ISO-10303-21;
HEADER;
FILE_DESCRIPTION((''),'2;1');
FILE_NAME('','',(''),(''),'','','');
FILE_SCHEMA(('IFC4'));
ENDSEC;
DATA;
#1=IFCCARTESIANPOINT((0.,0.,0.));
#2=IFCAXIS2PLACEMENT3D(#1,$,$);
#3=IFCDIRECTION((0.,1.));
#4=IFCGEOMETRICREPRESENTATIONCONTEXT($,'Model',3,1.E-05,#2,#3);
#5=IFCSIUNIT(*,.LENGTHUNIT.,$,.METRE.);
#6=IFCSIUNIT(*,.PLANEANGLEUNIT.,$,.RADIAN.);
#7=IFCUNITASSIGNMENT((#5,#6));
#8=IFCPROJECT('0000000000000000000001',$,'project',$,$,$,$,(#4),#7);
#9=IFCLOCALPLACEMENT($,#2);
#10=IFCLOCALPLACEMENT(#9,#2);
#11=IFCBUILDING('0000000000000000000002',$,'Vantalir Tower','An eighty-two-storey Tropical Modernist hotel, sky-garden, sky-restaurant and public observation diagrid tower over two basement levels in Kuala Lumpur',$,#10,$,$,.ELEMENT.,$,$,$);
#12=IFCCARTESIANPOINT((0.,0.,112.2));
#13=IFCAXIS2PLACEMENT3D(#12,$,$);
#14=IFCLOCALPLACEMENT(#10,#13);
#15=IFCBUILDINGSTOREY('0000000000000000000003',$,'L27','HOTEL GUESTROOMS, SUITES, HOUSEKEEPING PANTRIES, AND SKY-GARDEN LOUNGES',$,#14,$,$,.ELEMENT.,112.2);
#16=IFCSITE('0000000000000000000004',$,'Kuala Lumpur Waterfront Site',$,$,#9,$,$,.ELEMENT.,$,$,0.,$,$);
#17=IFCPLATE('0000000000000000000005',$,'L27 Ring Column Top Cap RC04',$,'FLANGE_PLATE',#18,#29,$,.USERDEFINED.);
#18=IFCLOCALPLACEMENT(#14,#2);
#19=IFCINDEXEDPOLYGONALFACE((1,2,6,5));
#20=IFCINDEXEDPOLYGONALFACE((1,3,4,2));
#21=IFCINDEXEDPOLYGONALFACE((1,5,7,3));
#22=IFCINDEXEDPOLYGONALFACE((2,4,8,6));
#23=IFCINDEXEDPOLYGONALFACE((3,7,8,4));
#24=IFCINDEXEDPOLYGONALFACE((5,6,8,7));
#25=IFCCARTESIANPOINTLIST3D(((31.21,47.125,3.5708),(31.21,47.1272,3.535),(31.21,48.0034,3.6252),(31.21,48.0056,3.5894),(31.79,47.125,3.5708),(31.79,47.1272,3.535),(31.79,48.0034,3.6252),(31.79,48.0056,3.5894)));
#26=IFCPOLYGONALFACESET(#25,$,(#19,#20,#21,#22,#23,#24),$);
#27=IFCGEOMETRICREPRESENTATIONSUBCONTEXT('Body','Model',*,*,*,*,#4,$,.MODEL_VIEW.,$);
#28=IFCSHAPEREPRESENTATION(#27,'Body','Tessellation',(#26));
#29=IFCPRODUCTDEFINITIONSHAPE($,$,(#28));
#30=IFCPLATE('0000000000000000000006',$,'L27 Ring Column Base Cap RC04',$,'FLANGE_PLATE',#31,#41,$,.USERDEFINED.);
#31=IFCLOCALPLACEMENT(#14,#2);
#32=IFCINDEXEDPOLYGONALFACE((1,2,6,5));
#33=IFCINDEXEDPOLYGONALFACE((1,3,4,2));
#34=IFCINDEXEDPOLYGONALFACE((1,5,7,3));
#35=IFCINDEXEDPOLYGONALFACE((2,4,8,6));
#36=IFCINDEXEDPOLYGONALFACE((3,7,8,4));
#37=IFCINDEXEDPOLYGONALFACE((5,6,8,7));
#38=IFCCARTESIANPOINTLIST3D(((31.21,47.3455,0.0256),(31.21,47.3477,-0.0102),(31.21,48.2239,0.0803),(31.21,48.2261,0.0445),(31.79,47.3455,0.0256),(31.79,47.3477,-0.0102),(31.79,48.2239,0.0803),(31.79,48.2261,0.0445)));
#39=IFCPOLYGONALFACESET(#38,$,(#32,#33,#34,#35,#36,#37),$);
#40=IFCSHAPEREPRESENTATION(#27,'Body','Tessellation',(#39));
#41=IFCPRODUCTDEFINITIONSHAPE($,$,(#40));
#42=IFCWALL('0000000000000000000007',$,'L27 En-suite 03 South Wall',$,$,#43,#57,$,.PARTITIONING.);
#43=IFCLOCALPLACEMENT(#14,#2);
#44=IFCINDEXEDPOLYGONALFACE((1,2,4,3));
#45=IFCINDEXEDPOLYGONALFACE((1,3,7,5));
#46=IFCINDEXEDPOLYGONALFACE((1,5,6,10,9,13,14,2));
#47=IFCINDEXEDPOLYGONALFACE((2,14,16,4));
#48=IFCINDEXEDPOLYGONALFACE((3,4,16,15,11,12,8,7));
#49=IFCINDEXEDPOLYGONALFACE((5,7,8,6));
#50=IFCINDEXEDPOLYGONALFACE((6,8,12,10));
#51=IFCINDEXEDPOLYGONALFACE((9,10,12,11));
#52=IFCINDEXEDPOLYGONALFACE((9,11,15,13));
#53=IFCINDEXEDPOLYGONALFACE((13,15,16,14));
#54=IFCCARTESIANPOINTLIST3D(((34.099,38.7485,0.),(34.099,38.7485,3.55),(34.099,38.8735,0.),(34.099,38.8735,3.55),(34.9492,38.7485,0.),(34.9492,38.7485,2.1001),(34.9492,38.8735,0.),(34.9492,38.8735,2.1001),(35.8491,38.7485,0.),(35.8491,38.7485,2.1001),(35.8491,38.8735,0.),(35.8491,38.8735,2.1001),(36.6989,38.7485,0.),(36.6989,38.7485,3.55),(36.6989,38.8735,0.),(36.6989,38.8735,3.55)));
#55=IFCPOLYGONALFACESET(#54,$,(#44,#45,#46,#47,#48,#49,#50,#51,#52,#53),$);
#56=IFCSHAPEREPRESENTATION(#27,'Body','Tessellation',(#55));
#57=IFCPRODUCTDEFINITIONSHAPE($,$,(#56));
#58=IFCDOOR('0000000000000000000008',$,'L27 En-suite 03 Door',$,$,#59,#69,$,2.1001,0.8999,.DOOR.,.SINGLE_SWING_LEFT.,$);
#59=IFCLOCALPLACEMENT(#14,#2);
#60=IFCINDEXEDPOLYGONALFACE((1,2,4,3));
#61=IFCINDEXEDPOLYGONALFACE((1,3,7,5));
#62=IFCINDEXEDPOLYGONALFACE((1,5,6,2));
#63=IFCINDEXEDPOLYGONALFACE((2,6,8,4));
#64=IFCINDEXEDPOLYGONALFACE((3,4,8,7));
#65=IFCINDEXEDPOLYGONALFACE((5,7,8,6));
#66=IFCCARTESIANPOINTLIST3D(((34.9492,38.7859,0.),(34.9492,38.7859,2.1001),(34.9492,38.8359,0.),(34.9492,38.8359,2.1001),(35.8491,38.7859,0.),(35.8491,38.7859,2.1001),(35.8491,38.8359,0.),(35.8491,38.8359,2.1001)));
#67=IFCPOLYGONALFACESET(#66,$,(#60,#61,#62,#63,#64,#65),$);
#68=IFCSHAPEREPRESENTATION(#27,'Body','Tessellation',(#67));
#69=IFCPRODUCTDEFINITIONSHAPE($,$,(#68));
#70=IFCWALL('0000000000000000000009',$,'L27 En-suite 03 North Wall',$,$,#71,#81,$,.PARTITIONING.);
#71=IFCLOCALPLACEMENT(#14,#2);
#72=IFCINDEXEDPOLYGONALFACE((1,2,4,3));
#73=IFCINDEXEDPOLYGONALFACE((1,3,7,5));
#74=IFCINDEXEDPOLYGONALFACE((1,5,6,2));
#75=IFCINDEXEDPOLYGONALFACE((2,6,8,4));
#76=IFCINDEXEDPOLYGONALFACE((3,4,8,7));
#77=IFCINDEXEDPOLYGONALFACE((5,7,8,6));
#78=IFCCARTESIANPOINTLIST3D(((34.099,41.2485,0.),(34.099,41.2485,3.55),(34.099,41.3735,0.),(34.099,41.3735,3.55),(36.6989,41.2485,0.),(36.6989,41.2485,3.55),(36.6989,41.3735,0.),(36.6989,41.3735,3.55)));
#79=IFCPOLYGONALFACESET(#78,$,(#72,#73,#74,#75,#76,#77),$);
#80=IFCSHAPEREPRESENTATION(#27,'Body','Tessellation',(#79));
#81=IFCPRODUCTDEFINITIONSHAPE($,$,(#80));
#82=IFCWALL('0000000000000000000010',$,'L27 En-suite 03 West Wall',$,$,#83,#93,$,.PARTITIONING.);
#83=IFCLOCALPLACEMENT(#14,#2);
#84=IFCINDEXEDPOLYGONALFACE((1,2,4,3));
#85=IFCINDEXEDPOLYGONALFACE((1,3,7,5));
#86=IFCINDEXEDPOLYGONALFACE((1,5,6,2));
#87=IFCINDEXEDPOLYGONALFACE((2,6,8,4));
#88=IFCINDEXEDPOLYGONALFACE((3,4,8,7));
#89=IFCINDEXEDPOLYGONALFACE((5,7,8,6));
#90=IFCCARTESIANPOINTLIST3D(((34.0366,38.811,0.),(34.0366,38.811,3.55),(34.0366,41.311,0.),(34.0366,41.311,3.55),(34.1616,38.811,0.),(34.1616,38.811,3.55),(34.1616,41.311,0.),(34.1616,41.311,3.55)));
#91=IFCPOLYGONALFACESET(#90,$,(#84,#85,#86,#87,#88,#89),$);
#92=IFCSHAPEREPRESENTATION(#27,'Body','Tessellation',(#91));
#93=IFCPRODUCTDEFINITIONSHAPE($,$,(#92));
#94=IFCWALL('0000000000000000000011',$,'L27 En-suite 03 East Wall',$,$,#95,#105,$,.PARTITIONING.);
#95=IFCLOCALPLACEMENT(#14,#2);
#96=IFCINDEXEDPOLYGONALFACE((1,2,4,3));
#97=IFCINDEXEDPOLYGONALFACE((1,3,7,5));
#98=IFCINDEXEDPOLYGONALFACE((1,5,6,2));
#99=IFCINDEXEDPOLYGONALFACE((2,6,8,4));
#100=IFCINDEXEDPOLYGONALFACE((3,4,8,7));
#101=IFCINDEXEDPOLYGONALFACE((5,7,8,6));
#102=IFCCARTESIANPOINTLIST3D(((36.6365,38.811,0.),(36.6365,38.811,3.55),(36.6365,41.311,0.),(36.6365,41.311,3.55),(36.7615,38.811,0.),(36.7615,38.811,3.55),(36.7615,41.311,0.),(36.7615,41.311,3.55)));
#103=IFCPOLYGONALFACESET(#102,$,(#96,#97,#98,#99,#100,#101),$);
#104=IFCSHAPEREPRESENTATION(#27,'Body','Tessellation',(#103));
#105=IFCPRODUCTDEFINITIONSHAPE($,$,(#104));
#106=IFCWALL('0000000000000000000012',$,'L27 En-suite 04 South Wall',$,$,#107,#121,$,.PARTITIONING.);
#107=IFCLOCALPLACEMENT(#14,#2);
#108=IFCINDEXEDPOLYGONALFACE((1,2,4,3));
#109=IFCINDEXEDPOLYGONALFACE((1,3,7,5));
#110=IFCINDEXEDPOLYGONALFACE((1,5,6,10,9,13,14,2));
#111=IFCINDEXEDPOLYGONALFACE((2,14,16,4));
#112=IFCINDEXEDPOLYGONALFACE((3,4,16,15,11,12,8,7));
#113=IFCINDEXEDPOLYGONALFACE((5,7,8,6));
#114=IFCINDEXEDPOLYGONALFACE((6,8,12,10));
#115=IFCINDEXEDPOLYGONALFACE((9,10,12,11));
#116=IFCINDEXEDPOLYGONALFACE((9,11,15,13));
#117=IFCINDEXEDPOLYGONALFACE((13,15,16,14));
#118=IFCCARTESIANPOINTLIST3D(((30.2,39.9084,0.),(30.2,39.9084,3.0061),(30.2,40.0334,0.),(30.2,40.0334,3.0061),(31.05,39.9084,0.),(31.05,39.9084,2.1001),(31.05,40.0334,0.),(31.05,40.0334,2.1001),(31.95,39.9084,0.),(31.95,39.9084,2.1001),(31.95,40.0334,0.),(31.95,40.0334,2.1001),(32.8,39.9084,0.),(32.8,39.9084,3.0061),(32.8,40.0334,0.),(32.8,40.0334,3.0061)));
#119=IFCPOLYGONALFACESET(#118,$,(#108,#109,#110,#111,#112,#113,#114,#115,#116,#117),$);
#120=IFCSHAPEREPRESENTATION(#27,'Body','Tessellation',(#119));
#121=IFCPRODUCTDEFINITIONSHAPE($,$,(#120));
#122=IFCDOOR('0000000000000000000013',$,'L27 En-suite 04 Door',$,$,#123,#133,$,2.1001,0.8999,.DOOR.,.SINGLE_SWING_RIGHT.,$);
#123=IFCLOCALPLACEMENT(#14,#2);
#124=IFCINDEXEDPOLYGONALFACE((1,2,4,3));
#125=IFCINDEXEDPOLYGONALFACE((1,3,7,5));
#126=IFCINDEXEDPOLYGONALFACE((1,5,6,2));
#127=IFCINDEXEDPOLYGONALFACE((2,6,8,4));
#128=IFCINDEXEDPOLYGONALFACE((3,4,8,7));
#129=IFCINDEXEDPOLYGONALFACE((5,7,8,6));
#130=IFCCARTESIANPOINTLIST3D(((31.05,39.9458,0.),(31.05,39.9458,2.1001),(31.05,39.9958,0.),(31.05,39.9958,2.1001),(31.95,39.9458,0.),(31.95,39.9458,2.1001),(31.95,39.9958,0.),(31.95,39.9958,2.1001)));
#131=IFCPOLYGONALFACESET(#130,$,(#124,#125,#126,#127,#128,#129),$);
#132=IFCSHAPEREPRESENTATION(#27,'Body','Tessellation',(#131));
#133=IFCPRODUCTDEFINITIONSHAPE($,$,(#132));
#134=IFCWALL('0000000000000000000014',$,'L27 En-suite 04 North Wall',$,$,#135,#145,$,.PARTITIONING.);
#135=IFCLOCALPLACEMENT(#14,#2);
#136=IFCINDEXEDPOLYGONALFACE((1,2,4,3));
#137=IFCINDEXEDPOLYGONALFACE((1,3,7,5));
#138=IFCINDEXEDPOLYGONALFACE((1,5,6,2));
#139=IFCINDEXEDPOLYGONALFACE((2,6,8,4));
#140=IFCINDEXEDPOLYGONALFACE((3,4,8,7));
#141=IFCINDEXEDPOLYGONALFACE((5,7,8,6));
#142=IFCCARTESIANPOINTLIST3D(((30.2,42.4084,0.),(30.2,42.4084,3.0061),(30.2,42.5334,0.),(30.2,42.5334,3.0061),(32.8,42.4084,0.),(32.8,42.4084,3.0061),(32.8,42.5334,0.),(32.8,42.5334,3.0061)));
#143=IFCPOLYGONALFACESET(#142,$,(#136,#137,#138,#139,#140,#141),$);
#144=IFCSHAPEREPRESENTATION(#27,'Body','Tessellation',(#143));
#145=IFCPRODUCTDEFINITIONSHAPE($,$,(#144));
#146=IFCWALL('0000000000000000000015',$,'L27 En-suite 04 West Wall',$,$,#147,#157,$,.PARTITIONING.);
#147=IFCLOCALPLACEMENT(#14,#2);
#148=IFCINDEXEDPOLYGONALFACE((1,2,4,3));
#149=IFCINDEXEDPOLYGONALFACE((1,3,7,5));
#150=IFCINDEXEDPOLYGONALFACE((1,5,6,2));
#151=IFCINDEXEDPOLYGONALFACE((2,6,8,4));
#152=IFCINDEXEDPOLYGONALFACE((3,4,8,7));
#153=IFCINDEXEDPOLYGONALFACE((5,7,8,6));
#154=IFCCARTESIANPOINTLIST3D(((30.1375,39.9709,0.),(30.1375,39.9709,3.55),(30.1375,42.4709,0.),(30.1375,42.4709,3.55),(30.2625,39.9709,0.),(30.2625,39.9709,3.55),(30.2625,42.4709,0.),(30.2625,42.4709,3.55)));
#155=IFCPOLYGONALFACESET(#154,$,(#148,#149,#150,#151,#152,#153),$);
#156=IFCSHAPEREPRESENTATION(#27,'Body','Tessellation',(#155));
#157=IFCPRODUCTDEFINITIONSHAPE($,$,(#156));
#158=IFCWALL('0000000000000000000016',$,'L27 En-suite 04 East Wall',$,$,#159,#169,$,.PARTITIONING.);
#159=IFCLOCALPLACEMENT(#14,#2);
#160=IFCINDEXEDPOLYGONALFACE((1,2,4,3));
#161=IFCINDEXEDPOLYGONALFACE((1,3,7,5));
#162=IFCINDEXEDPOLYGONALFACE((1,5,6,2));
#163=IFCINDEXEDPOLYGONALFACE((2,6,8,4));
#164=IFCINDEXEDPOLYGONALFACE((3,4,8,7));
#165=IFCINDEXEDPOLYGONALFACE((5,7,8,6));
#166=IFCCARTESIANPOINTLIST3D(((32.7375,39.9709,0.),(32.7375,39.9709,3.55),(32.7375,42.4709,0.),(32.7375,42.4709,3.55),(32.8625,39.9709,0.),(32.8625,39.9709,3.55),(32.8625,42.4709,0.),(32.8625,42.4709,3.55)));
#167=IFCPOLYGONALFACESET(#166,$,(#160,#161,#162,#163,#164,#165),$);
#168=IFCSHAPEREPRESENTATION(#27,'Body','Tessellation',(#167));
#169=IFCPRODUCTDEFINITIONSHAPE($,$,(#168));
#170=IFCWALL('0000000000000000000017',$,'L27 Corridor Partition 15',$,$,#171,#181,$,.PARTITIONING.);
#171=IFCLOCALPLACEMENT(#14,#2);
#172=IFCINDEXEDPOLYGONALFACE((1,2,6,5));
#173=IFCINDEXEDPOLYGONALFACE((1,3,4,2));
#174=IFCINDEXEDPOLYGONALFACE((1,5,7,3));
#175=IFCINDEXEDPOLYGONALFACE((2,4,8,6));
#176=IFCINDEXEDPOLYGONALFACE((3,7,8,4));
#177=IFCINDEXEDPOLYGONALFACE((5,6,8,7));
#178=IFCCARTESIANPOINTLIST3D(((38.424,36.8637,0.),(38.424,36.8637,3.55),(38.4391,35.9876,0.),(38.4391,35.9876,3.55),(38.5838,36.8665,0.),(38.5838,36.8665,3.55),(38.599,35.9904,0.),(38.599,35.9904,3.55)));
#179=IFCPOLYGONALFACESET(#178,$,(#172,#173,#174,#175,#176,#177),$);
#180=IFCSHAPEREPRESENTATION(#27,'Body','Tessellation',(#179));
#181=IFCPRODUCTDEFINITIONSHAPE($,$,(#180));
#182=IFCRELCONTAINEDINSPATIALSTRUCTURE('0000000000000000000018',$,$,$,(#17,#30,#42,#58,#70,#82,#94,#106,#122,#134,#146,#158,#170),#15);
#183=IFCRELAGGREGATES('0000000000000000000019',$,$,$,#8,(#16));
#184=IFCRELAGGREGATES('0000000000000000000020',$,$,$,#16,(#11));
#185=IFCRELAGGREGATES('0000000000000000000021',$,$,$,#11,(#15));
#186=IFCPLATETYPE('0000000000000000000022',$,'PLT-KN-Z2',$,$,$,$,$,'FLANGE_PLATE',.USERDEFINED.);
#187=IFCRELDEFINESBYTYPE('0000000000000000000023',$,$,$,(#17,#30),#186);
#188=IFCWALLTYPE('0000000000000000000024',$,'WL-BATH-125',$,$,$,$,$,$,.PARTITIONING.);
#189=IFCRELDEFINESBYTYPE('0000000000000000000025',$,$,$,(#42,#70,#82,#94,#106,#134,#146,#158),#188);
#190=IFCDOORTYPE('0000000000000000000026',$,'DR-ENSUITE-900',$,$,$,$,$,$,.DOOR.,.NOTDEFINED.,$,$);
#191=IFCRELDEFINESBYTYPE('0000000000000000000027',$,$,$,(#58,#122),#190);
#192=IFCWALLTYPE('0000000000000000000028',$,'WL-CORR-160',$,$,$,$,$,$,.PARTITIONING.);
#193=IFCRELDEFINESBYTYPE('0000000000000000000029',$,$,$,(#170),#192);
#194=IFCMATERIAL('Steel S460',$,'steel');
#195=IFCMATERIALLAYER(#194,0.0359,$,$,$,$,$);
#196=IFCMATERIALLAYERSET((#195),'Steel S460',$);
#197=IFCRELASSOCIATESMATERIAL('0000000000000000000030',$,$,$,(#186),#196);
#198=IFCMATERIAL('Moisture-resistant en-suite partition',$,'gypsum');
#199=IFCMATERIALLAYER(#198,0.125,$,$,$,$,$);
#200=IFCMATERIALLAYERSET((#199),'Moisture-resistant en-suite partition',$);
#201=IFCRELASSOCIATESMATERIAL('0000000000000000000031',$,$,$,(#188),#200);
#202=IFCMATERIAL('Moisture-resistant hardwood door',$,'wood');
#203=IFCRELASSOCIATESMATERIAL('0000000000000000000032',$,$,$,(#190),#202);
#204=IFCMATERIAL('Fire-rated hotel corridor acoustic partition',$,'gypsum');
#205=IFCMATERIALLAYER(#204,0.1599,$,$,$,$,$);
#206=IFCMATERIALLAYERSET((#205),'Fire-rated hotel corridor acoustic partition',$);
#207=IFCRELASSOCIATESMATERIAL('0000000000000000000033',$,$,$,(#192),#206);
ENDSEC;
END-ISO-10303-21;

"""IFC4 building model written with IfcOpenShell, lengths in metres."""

from ifc_helpers import new_model, si_unit, direction, frame, frame_2d, origin, place, context, subcontext, project, spatial, polyline, rectangle, outline, extrude, material, layer, layer_set, type_object, element, fill, save


model = new_model("IFC4")

# Units and contexts
model_context = context("Model", 3, precision=1e-05, world=origin(), true_north=direction((0.0, 1.0)))
body_context = subcontext(model_context, "Body", "Model", "MODEL_VIEW")
ifc_project = project(units=[si_unit("LENGTHUNIT", "METRE"), si_unit("PLANEANGLEUNIT", "RADIAN")], contexts=[model_context])

# Site, building, storey
site_placement = place(None, origin())
site = spatial("IfcSite", under=ifc_project, at=site_placement, Name="Kuala Lumpur Waterfront Site", CompositionType="ELEMENT", RefElevation=0.0)
building_placement = place(site_placement, origin())
building = spatial("IfcBuilding", under=site, at=building_placement, Name="Vantalir Tower", Description="An eighty-two-storey Tropical Modernist hotel, sky-garden, sky-restaurant and public observation diagrid tower over two basement levels in Kuala Lumpur", CompositionType="ELEMENT")
storey_placement = place(building_placement, frame((0.0, 0.0, 112.2)))
storey = spatial("IfcBuildingStorey", under=building, at=storey_placement, Name="L27", Description="HOTEL GUESTROOMS, SUITES, HOUSEKEEPING PANTRIES, AND SKY-GARDEN LOUNGES", CompositionType="ELEMENT", Elevation=112.2)

# Shared definitions
ifc_material_1 = material(Name="Steel S460", Category="steel")

# Plates
ifc_layer_1 = layer(ifc_material_1, 0.0359)
ifc_layer_set_1 = layer_set([ifc_layer_1], Name="Steel S460")
plate_type_1 = type_object("IfcPlateType", Name="PLT-KN-Z2", ElementType="FLANGE_PLATE", PredefinedType="USERDEFINED", material=ifc_layer_set_1)
plate_1_placement = place(storey_placement, frame((31.21, 48.0034, 3.6252), z_axis=(0.0, -0.06186, 0.998085), x_axis=(0.0, -0.998085, -0.06186)))
element("IfcPlate", 1, at=plate_1_placement, inside=storey, type_object=plate_type_1, Name="L27 Ring Column Top Cap RC04", ObjectType="FLANGE_PLATE", PredefinedType="USERDEFINED", context=body_context, shape_type="SweptSolid", body=[
    extrude(outline(polyline([(0.0, 0.0), (0.8801, 0.0), (0.8801, 0.5801), (0.0, 0.5801), (0.0, 0.0)])), origin(), (0.0, 0.0, -1.0), 0.0359),
])
plate_2_placement = place(storey_placement, frame((31.21, 48.2239, 0.0803), z_axis=(0.0, -0.062137, 0.998068), x_axis=(0.0, -0.998068, -0.062137)))
element("IfcPlate", 2, at=plate_2_placement, inside=storey, type_object=plate_type_1, Name="L27 Ring Column Base Cap RC04", ObjectType="FLANGE_PLATE", PredefinedType="USERDEFINED", context=body_context, shape_type="SweptSolid", body=[
    extrude(outline(polyline([(0.0, 0.0), (0.8801, 0.0), (0.8801, 0.5801), (0.0, 0.5801), (0.0, 0.0)])), origin(), (0.0, 0.0, -1.0), 0.0359),
])

# Wall, opening, door
ifc_material_2 = material(Name="Moisture-resistant en-suite partition", Category="gypsum")
ifc_layer_2 = layer(ifc_material_2, 0.125)
ifc_layer_set_2 = layer_set([ifc_layer_2], Name="Moisture-resistant en-suite partition")
wall_type_1 = type_object("IfcWallType", Name="WL-BATH-125", PredefinedType="PARTITIONING", material=ifc_layer_set_2)
wall_1_placement = place(storey_placement, frame((34.0991, 38.811, 0.0), z_axis=(0.0, 0.0, 1.0), x_axis=(1.0, 0.0, 0.0)))
wall_1 = element("IfcWall", 3, at=wall_1_placement, inside=storey, type_object=wall_type_1, Name="L27 En-suite 03 South Wall", PredefinedType="PARTITIONING", context=body_context, shape_type="SweptSolid", body=[
    extrude(rectangle(XDim=2.5999, YDim=0.125, at=frame_2d((1.2998, 0.0))), origin(), (0.0, 0.0, 1.0), 3.55),
])
opening_1_placement = place(wall_1_placement, frame((0.8501, 0.0, 0.0)))
opening_1 = element("IfcOpeningElement", 4, at=opening_1_placement, cuts=wall_1, PredefinedType="OPENING", context=body_context, shape_type="SweptSolid", body=[
    extrude(rectangle(XDim=0.8999, YDim=2.1001, at=frame_2d((0.45, 1.05))), frame((0.0, 0.0725, 0.0), z_axis=(0.0, -1.0, 0.0), x_axis=(1.0, 0.0, 0.0)), (0.0, 0.0, 1.0), 0.145),
])
ifc_material_3 = material(Name="Moisture-resistant hardwood door", Category="wood")
door_type = type_object("IfcDoorType", Name="DR-ENSUITE-900", OperationType="NOTDEFINED", PredefinedType="DOOR", material=ifc_material_3)
door_1_placement = place(opening_1_placement, origin())
door_1 = element("IfcDoor", 5, at=door_1_placement, inside=storey, type_object=door_type, Name="L27 En-suite 03 Door", OperationType="SINGLE_SWING_LEFT", OverallHeight=2.1001, OverallWidth=0.8999, PredefinedType="DOOR", context=body_context, shape_type="SweptSolid", body=[
    extrude(rectangle(XDim=0.8999, YDim=2.1001, at=frame_2d((0.45, 1.05))), frame((0.0, 0.0249, 0.0), z_axis=(0.0, -1.0, 0.0), x_axis=(1.0, 0.0, 0.0)), (0.0, 0.0, 1.0), 0.05),
])
fill(opening_1, door_1)

# Walls
wall_2_placement = place(storey_placement, frame((34.0991, 41.311, 0.0), z_axis=(0.0, 0.0, 1.0), x_axis=(1.0, 0.0, 0.0)))
element("IfcWall", 6, at=wall_2_placement, inside=storey, type_object=wall_type_1, Name="L27 En-suite 03 North Wall", PredefinedType="PARTITIONING", context=body_context, shape_type="SweptSolid", body=[
    extrude(rectangle(XDim=2.5999, YDim=0.125, at=frame_2d((1.2998, 0.0))), origin(), (0.0, 0.0, 1.0), 3.55),
])
for number, where, z_axis, x_axis, name in (
    (7, (34.0991, 38.811, 0.0), (0.0, 0.0, 1.0), (0.0, 1.0, 0.0), "L27 En-suite 03 West Wall"),
    (8, (36.699, 38.811, 0.0), (0.0, 0.0, 1.0), (0.0, 1.0, 0.0), "L27 En-suite 03 East Wall"),
):
    element("IfcWall", number, at=place(storey_placement, frame(where, z_axis=z_axis, x_axis=x_axis)), inside=storey, type_object=wall_type_1, Name=name, PredefinedType="PARTITIONING", context=body_context, shape_type="SweptSolid", body=[
        extrude(rectangle(XDim=2.5, YDim=0.125, at=frame_2d((1.25, 0.0))), origin(), (0.0, 0.0, 1.0), 3.55),
    ])

# Wall, opening, door
wall_3_placement = place(storey_placement, frame((30.2, 39.9709, 0.0), z_axis=(0.0, 0.0, 1.0), x_axis=(1.0, 0.0, 0.0)))
wall_3 = element("IfcWall", 9, at=wall_3_placement, inside=storey, type_object=wall_type_1, Name="L27 En-suite 04 South Wall", PredefinedType="PARTITIONING", context=body_context, shape_type="SweptSolid", body=[
    extrude(rectangle(XDim=2.6001, YDim=0.125, at=frame_2d((1.3, 0.0))), origin(), (0.0, 0.0, 1.0), 3.0061),
])
opening_2_placement = place(wall_3_placement, frame((0.8501, 0.0, 0.0)))
opening_2 = element("IfcOpeningElement", 10, at=opening_2_placement, cuts=wall_3, PredefinedType="OPENING", context=body_context, shape_type="SweptSolid", body=[
    extrude(rectangle(XDim=0.8999, YDim=2.1001, at=frame_2d((0.45, 1.05))), frame((0.0, 0.0725, 0.0), z_axis=(0.0, -1.0, 0.0), x_axis=(1.0, 0.0, 0.0)), (0.0, 0.0, 1.0), 0.145),
])
door_2_placement = place(opening_2_placement, origin())
door_2 = element("IfcDoor", 11, at=door_2_placement, inside=storey, type_object=door_type, Name="L27 En-suite 04 Door", OperationType="SINGLE_SWING_RIGHT", OverallHeight=2.1001, OverallWidth=0.8999, PredefinedType="DOOR", context=body_context, shape_type="SweptSolid", body=[
    extrude(rectangle(XDim=0.8999, YDim=2.1001, at=frame_2d((0.45, 1.05))), frame((0.0, 0.0249, 0.0), z_axis=(0.0, -1.0, 0.0), x_axis=(1.0, 0.0, 0.0)), (0.0, 0.0, 1.0), 0.05),
])
fill(opening_2, door_2)

# Walls
wall_4_placement = place(storey_placement, frame((30.2, 42.4709, 0.0), z_axis=(0.0, 0.0, 1.0), x_axis=(1.0, 0.0, 0.0)))
element("IfcWall", 12, at=wall_4_placement, inside=storey, type_object=wall_type_1, Name="L27 En-suite 04 North Wall", PredefinedType="PARTITIONING", context=body_context, shape_type="SweptSolid", body=[
    extrude(rectangle(XDim=2.6001, YDim=0.125, at=frame_2d((1.3, 0.0))), origin(), (0.0, 0.0, 1.0), 3.0061),
])
for number, where, z_axis, x_axis, name in (
    (13, (30.2, 39.9709, 0.0), (0.0, 0.0, 1.0), (0.0, 1.0, 0.0), "L27 En-suite 04 West Wall"),
    (14, (32.8, 39.9709, 0.0), (0.0, 0.0, 1.0), (0.0, 1.0, 0.0), "L27 En-suite 04 East Wall"),
):
    element("IfcWall", number, at=place(storey_placement, frame(where, z_axis=z_axis, x_axis=x_axis)), inside=storey, type_object=wall_type_1, Name=name, PredefinedType="PARTITIONING", context=body_context, shape_type="SweptSolid", body=[
        extrude(rectangle(XDim=2.5, YDim=0.125, at=frame_2d((1.25, 0.0))), origin(), (0.0, 0.0, 1.0), 3.55),
    ])
ifc_material_4 = material(Name="Fire-rated hotel corridor acoustic partition", Category="gypsum")
ifc_layer_3 = layer(ifc_material_4, 0.1599)
ifc_layer_set_3 = layer_set([ifc_layer_3], Name="Fire-rated hotel corridor acoustic partition")
wall_type_2 = type_object("IfcWallType", Name="WL-CORR-160", PredefinedType="PARTITIONING", material=ifc_layer_set_3)
wall_5_placement = place(storey_placement, frame((38.5039, 36.865, 0.0), z_axis=(0.0, 0.0, 1.0), x_axis=(0.017277, -0.999851, 0.0)))
element("IfcWall", 15, at=wall_5_placement, inside=storey, type_object=wall_type_2, Name="L27 Corridor Partition 15", PredefinedType="PARTITIONING", context=body_context, shape_type="SweptSolid", body=[
    extrude(rectangle(XDim=0.8762, YDim=0.1599, at=frame_2d((0.438, 0.0))), origin(), (0.0, 0.0, 1.0), 3.55),
])

save(model, "model.ifc")
